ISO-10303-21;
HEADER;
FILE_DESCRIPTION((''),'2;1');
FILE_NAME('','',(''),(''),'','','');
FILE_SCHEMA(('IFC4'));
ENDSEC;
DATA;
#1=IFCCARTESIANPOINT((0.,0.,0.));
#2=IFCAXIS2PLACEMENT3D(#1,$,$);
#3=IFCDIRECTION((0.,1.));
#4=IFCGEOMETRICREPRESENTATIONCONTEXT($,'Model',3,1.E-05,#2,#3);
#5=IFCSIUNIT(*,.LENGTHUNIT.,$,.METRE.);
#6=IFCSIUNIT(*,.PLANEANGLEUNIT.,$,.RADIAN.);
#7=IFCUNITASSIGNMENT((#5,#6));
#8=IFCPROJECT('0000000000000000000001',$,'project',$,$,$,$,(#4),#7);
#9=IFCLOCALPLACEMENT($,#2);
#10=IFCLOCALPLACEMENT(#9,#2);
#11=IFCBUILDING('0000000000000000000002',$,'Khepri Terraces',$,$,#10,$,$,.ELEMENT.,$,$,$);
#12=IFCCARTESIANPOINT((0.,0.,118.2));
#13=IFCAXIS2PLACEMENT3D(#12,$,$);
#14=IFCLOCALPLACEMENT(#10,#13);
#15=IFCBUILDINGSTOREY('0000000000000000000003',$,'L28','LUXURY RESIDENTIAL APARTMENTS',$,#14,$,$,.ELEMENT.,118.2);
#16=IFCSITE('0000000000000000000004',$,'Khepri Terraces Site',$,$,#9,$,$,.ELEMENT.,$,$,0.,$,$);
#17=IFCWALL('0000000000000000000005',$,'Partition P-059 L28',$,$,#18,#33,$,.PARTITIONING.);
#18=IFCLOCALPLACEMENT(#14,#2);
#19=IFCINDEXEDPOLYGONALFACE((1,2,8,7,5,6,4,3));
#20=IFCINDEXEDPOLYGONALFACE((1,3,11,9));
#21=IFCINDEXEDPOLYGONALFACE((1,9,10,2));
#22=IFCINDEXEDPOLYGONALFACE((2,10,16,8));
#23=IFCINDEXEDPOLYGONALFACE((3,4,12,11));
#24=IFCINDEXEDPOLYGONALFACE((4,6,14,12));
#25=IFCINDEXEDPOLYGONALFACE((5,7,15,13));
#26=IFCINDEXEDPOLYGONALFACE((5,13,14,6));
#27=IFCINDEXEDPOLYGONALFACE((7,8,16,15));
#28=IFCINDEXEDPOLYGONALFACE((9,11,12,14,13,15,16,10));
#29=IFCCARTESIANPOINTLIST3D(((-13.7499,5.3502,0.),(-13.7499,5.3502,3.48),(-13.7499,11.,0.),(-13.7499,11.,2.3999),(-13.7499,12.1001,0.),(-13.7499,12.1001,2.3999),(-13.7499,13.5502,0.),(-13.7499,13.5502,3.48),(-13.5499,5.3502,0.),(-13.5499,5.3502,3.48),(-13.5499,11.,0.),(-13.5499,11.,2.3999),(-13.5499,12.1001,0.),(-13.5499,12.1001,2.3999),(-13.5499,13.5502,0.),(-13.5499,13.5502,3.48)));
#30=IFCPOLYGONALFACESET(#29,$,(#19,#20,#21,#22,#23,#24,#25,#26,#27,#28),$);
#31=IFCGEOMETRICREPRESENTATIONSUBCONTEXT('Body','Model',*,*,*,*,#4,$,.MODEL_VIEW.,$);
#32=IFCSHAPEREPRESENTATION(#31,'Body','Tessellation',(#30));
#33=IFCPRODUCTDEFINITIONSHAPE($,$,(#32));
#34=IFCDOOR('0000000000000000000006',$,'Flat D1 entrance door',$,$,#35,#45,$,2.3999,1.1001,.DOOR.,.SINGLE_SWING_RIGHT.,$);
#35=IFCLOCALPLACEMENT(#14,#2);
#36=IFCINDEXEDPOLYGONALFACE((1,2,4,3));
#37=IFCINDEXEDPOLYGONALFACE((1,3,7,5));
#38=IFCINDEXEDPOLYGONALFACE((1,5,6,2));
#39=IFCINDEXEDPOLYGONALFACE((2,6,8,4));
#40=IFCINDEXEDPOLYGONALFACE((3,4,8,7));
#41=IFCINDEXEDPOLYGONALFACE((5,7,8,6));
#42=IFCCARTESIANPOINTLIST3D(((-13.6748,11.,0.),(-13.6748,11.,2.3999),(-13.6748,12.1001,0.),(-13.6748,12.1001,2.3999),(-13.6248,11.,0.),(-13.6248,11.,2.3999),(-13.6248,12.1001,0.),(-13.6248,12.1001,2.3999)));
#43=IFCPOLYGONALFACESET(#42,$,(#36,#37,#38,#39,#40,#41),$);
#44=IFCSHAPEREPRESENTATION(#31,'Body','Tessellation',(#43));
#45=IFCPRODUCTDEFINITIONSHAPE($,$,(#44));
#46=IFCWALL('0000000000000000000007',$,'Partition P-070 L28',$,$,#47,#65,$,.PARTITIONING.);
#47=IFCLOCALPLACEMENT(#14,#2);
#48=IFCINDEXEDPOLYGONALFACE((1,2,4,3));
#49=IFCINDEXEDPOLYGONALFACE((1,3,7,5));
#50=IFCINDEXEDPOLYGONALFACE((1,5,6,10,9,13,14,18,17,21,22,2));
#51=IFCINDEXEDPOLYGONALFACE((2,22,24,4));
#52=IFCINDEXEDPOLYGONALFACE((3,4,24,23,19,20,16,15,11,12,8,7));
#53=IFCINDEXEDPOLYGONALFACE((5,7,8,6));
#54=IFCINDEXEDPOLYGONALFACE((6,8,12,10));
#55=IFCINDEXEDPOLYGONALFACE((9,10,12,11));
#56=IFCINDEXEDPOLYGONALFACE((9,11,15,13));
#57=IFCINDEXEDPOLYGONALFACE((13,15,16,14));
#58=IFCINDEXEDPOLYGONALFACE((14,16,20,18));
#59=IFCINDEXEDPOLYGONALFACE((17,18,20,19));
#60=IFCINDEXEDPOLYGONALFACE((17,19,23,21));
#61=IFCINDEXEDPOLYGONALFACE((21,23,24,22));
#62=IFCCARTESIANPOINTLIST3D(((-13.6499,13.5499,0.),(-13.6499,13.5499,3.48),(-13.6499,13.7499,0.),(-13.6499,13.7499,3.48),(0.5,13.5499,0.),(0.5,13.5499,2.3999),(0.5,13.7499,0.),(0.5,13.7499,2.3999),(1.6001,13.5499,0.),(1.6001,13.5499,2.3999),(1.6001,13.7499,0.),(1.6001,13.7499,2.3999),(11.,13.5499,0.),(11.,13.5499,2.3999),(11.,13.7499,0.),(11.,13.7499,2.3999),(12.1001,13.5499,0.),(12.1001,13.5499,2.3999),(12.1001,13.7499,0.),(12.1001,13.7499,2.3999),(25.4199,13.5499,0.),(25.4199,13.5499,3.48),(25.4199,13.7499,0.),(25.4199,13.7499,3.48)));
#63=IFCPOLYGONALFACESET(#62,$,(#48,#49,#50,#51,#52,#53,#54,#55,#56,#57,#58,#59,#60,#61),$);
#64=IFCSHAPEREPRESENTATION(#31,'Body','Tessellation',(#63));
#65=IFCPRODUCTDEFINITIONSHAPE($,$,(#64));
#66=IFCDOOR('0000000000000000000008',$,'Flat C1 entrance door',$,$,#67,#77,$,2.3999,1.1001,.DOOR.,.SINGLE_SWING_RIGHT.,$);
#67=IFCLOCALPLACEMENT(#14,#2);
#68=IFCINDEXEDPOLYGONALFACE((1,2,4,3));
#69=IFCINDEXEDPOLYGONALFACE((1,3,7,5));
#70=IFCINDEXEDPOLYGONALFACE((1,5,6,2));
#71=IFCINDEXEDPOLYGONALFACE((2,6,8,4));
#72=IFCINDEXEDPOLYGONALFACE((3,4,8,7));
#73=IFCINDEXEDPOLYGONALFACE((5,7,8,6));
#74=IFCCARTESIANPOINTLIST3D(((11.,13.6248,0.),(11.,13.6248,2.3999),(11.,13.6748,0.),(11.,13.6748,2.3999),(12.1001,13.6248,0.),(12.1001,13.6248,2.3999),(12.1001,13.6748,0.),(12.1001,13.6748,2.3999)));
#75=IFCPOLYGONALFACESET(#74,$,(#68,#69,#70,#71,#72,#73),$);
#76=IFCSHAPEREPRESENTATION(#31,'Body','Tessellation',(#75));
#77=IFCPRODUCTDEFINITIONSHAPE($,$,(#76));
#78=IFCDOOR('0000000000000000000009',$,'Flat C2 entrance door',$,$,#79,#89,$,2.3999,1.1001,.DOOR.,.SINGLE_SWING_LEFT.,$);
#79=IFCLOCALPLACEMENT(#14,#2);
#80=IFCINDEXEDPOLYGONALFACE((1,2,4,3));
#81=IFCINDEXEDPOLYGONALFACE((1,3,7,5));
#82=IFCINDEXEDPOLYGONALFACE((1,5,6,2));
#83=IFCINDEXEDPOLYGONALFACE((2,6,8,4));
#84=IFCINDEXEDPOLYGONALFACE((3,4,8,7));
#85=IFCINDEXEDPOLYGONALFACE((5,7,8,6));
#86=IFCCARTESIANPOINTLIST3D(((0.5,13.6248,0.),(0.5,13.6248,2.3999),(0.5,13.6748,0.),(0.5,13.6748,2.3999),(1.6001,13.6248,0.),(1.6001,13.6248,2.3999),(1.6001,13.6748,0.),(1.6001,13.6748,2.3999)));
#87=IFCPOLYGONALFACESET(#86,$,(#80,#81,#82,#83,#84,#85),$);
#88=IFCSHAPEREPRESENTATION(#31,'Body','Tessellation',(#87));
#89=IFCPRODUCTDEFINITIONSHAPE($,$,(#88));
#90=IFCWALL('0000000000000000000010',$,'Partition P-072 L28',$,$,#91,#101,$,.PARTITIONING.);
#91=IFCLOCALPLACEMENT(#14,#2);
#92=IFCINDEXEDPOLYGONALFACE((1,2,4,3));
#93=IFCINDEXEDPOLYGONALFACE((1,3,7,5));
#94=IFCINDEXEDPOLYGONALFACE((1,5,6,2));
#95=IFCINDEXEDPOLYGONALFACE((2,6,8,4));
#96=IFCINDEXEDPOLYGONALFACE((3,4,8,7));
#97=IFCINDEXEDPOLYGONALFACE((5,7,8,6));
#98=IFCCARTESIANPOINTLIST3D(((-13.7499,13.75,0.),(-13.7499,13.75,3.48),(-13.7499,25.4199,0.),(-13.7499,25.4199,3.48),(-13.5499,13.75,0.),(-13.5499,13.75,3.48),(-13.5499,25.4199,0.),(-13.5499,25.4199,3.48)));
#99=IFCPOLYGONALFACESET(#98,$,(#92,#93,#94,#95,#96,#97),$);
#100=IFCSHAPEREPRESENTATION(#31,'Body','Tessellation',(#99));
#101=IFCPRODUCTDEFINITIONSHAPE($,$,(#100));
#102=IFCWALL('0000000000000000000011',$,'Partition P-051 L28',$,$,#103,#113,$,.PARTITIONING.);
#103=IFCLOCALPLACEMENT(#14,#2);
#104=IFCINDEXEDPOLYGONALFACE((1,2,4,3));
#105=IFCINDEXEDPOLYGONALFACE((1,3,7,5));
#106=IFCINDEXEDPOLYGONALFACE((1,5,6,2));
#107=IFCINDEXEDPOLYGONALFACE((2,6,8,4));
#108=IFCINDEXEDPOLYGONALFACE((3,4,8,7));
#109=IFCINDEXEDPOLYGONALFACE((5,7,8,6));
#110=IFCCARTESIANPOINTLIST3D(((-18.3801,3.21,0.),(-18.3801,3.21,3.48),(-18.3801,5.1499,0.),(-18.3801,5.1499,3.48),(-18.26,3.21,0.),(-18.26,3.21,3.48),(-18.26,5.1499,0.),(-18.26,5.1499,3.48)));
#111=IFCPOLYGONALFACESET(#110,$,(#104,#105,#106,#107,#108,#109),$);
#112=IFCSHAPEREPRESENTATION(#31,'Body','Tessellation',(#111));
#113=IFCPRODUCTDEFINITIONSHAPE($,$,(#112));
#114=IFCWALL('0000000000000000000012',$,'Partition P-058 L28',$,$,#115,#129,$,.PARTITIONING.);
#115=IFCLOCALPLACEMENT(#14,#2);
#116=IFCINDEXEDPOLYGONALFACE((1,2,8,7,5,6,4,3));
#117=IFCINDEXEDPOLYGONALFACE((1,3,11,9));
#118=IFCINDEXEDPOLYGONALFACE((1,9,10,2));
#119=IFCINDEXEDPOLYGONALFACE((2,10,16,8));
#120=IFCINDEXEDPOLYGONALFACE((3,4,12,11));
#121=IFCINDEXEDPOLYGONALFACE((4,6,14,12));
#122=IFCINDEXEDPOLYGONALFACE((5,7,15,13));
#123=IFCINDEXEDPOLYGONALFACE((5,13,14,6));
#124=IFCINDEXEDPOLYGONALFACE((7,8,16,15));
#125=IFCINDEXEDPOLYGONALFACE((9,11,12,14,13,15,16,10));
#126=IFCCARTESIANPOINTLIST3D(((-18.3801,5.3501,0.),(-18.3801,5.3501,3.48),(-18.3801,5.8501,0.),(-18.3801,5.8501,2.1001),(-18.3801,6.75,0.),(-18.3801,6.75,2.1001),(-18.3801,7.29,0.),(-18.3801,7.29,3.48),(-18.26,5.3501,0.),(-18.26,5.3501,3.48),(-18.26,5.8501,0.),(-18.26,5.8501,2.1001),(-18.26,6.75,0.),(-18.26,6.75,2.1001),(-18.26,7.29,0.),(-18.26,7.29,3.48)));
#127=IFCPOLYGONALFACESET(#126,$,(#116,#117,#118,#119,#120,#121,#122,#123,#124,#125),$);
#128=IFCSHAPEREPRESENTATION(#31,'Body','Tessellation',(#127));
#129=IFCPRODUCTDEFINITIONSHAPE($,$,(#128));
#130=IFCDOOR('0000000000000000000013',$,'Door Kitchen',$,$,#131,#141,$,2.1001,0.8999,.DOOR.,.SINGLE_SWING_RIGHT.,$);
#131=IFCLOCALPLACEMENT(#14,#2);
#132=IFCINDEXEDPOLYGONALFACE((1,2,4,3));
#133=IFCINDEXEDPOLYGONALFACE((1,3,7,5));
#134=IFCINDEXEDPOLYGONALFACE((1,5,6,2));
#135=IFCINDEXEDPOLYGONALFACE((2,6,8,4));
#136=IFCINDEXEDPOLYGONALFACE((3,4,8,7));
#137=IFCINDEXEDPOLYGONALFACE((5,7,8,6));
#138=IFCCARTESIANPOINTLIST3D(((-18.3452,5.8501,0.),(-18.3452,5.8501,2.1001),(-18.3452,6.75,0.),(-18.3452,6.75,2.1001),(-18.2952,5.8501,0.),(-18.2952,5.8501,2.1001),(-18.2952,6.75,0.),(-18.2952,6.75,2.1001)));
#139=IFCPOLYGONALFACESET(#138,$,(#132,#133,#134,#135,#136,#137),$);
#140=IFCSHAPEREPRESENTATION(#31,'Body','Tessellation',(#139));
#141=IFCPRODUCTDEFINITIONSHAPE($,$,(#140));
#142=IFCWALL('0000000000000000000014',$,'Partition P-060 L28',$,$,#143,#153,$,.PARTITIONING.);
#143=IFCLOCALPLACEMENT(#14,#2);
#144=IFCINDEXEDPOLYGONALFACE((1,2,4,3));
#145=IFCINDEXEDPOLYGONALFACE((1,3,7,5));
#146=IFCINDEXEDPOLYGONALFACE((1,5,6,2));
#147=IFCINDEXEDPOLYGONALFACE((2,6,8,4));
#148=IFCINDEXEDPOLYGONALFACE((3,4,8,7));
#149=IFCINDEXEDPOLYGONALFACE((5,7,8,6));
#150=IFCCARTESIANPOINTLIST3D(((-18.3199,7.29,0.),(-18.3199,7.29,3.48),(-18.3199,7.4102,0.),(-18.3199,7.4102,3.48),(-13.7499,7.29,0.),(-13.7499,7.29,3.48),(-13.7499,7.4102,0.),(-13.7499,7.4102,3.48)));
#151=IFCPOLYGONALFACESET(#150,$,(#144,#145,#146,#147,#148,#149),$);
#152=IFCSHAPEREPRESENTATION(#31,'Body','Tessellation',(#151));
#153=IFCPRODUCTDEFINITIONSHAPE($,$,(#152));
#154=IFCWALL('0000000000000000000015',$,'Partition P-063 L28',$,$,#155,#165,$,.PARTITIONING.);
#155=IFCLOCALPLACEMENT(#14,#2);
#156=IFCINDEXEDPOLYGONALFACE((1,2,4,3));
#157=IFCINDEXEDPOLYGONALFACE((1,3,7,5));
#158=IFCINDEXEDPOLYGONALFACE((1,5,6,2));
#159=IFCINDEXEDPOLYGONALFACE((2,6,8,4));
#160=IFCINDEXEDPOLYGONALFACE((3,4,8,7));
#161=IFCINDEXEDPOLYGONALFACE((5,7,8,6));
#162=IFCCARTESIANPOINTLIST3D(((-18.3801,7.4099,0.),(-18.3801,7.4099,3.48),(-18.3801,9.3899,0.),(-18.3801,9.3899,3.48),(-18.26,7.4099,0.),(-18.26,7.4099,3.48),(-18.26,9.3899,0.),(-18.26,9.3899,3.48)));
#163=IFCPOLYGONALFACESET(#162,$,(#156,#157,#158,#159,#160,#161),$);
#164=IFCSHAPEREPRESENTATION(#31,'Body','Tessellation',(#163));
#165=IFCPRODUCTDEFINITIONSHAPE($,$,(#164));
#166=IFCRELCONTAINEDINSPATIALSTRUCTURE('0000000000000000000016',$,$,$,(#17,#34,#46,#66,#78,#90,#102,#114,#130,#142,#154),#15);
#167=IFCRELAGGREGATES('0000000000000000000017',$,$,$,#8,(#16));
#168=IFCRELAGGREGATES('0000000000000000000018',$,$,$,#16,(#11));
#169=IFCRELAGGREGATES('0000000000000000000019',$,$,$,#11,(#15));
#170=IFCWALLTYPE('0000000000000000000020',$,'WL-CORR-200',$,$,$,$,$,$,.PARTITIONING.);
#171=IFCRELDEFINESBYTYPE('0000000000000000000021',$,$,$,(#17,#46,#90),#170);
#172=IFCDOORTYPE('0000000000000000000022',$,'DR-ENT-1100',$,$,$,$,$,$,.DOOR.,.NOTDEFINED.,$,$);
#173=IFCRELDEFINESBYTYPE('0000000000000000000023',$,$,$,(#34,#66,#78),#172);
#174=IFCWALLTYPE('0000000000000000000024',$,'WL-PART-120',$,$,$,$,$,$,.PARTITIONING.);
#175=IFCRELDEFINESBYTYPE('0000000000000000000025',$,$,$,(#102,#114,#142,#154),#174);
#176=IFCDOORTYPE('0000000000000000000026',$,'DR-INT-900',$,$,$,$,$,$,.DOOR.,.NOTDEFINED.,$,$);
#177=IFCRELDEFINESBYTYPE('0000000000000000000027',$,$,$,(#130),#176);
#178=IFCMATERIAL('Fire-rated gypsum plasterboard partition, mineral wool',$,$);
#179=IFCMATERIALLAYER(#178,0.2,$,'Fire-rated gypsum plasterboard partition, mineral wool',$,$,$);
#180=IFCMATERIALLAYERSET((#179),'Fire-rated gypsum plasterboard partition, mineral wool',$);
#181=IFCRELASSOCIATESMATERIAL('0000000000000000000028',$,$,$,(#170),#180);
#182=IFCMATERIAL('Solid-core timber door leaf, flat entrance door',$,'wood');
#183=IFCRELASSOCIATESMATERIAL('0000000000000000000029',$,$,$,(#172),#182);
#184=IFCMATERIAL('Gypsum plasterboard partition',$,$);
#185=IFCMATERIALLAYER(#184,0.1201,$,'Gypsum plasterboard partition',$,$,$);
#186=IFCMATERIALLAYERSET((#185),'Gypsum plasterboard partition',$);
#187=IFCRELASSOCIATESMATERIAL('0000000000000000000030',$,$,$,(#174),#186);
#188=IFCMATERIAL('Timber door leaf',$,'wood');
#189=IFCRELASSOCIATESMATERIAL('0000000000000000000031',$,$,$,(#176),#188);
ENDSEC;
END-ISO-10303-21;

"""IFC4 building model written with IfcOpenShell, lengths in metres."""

from ifc_helpers import new_model, si_unit, direction, frame, frame_2d, origin, place, context, subcontext, project, spatial, rectangle, extrude, material, layer, layer_set, type_object, element, fill, save


model = new_model("IFC4")

# Units and contexts
model_context = context("Model", 3, precision=1e-05, world=origin(), true_north=direction((0.0, 1.0)))
body_context = subcontext(model_context, "Body", "Model", "MODEL_VIEW")
ifc_project = project(units=[si_unit("LENGTHUNIT", "METRE"), si_unit("PLANEANGLEUNIT", "RADIAN")], contexts=[model_context])

# Site, building, storey
site_placement = place(None, origin())
site = spatial("IfcSite", under=ifc_project, at=site_placement, Name="Khepri Terraces Site", CompositionType="ELEMENT", RefElevation=0.0)
building_placement = place(site_placement, origin())
building = spatial("IfcBuilding", under=site, at=building_placement, Name="Khepri Terraces", CompositionType="ELEMENT")
storey_placement = place(building_placement, frame((0.0, 0.0, 118.2)))
storey = spatial("IfcBuildingStorey", under=building, at=storey_placement, Name="L28", Description="LUXURY RESIDENTIAL APARTMENTS", CompositionType="ELEMENT", Elevation=118.2)

# Wall, opening, door
ifc_material_1 = material(Name="Fire-rated gypsum plasterboard partition, mineral wool")
ifc_layer_1 = layer(ifc_material_1, 0.2, Name="Fire-rated gypsum plasterboard partition, mineral wool")
ifc_layer_set_1 = layer_set([ifc_layer_1], Name="Fire-rated gypsum plasterboard partition, mineral wool")
wall_type_1 = type_object("IfcWallType", Name="WL-CORR-200", PredefinedType="PARTITIONING", material=ifc_layer_set_1)
wall_1_placement = place(storey_placement, frame((-13.6499, 5.3501, 0.0), z_axis=(0.0, 0.0, 1.0), x_axis=(0.0, 1.0, 0.0)))
wall_1 = element("IfcWall", 1, at=wall_1_placement, inside=storey, type_object=wall_type_1, Name="Partition P-059 L28", PredefinedType="PARTITIONING", context=body_context, shape_type="SweptSolid", body=[
    extrude(rectangle(XDim=8.2, YDim=0.2, at=frame_2d((4.1001, 0.0))), origin(), (0.0, 0.0, 1.0), 3.48),
])
opening_1_placement = place(wall_1_placement, frame((5.6499, 0.0, 0.0)))
opening_1 = element("IfcOpeningElement", 2, at=opening_1_placement, cuts=wall_1, PredefinedType="OPENING", context=body_context, shape_type="SweptSolid", body=[
    extrude(rectangle(XDim=1.1001, YDim=2.3999, at=frame_2d((0.55, 1.2))), frame((0.0, 0.1099, 0.0), z_axis=(0.0, -1.0, 0.0), x_axis=(1.0, 0.0, 0.0)), (0.0, 0.0, 1.0), 0.22),
])
ifc_material_2 = material(Name="Solid-core timber door leaf, flat entrance door", Category="wood")
door_type_1 = type_object("IfcDoorType", Name="DR-ENT-1100", OperationType="NOTDEFINED", PredefinedType="DOOR", material=ifc_material_2)
door_1_placement = place(opening_1_placement, origin())
door_1 = element("IfcDoor", 3, at=door_1_placement, inside=storey, type_object=door_type_1, Name="Flat D1 entrance door", OperationType="SINGLE_SWING_RIGHT", OverallHeight=2.3999, OverallWidth=1.1001, PredefinedType="DOOR", context=body_context, shape_type="SweptSolid", body=[
    extrude(rectangle(XDim=1.1001, YDim=2.3999, at=frame_2d((0.55, 1.2))), frame((0.0, 0.0249, 0.0), z_axis=(0.0, -1.0, 0.0), x_axis=(1.0, 0.0, 0.0)), (0.0, 0.0, 1.0), 0.05),
])
fill(opening_1, door_1)

# Wall, openings, doors
wall_2_placement = place(storey_placement, frame((-13.6499, 13.6499, 0.0), z_axis=(0.0, 0.0, 1.0), x_axis=(1.0, 0.0, 0.0)))
wall_2 = element("IfcWall", 4, at=wall_2_placement, inside=storey, type_object=wall_type_1, Name="Partition P-070 L28", PredefinedType="PARTITIONING", context=body_context, shape_type="SweptSolid", body=[
    extrude(rectangle(XDim=39.0698, YDim=0.2, at=frame_2d((19.5349, 0.0))), origin(), (0.0, 0.0, 1.0), 3.48),
])
opening_2_placement = place(wall_2_placement, frame((24.6499, 0.0, 0.0)))
opening_2 = element("IfcOpeningElement", 5, at=opening_2_placement, cuts=wall_2, PredefinedType="OPENING", context=body_context, shape_type="SweptSolid", body=[
    extrude(rectangle(XDim=1.1001, YDim=2.3999, at=frame_2d((0.55, 1.2))), frame((0.0, 0.1099, 0.0), z_axis=(0.0, -1.0, 0.0), x_axis=(1.0, 0.0, 0.0)), (0.0, 0.0, 1.0), 0.22),
])
opening_3_placement = place(wall_2_placement, frame((14.1499, 0.0, 0.0)))
opening_3 = element("IfcOpeningElement", 6, at=opening_3_placement, cuts=wall_2, PredefinedType="OPENING", context=body_context, shape_type="SweptSolid", body=[
    extrude(rectangle(XDim=1.1001, YDim=2.3999, at=frame_2d((0.55, 1.2))), frame((0.0, 0.1099, 0.0), z_axis=(0.0, -1.0, 0.0), x_axis=(1.0, 0.0, 0.0)), (0.0, 0.0, 1.0), 0.22),
])
door_2_placement = place(opening_2_placement, origin())
door_2 = element("IfcDoor", 7, at=door_2_placement, inside=storey, type_object=door_type_1, Name="Flat C1 entrance door", OperationType="SINGLE_SWING_RIGHT", OverallHeight=2.3999, OverallWidth=1.1001, PredefinedType="DOOR", context=body_context, shape_type="SweptSolid", body=[
    extrude(rectangle(XDim=1.1001, YDim=2.3999, at=frame_2d((0.55, 1.2))), frame((0.0, 0.0249, 0.0), z_axis=(0.0, -1.0, 0.0), x_axis=(1.0, 0.0, 0.0)), (0.0, 0.0, 1.0), 0.05),
])
fill(opening_2, door_2)
door_3_placement = place(opening_3_placement, origin())
door_3 = element("IfcDoor", 8, at=door_3_placement, inside=storey, type_object=door_type_1, Name="Flat C2 entrance door", OperationType="SINGLE_SWING_LEFT", OverallHeight=2.3999, OverallWidth=1.1001, PredefinedType="DOOR", context=body_context, shape_type="SweptSolid", body=[
    extrude(rectangle(XDim=1.1001, YDim=2.3999, at=frame_2d((0.55, 1.2))), frame((0.0, 0.0249, 0.0), z_axis=(0.0, -1.0, 0.0), x_axis=(1.0, 0.0, 0.0)), (0.0, 0.0, 1.0), 0.05),
])
fill(opening_3, door_3)

# Walls
wall_3_placement = place(storey_placement, frame((-13.6499, 13.75, 0.0), z_axis=(0.0, 0.0, 1.0), x_axis=(0.0, 1.0, 0.0)))
element("IfcWall", 9, at=wall_3_placement, inside=storey, type_object=wall_type_1, Name="Partition P-072 L28", PredefinedType="PARTITIONING", context=body_context, shape_type="SweptSolid", body=[
    extrude(rectangle(XDim=11.6699, YDim=0.2, at=frame_2d((5.835, 0.0))), origin(), (0.0, 0.0, 1.0), 3.48),
])
ifc_material_3 = material(Name="Gypsum plasterboard partition")
ifc_layer_2 = layer(ifc_material_3, 0.1201, Name="Gypsum plasterboard partition")
ifc_layer_set_2 = layer_set([ifc_layer_2], Name="Gypsum plasterboard partition")
wall_type_2 = type_object("IfcWallType", Name="WL-PART-120", PredefinedType="PARTITIONING", material=ifc_layer_set_2)
wall_4_placement = place(storey_placement, frame((-18.3201, 3.21, 0.0), z_axis=(0.0, 0.0, 1.0), x_axis=(0.0, 1.0, 0.0)))
element("IfcWall", 10, at=wall_4_placement, inside=storey, type_object=wall_type_2, Name="Partition P-051 L28", PredefinedType="PARTITIONING", context=body_context, shape_type="SweptSolid", body=[
    extrude(rectangle(XDim=1.9399, YDim=0.1201, at=frame_2d((0.97, 0.0))), origin(), (0.0, 0.0, 1.0), 3.48),
])

# Wall, opening, door
wall_5_placement = place(storey_placement, frame((-18.3201, 5.3501, 0.0), z_axis=(0.0, 0.0, 1.0), x_axis=(0.0, 1.0, 0.0)))
wall_5 = element("IfcWall", 11, at=wall_5_placement, inside=storey, type_object=wall_type_2, Name="Partition P-058 L28", PredefinedType="PARTITIONING", context=body_context, shape_type="SweptSolid", body=[
    extrude(rectangle(XDim=1.9399, YDim=0.1201, at=frame_2d((0.97, 0.0))), origin(), (0.0, 0.0, 1.0), 3.48),
])
opening_4_placement = place(wall_5_placement, frame((0.5, 0.0, 0.0)))
opening_4 = element("IfcOpeningElement", 12, at=opening_4_placement, cuts=wall_5, PredefinedType="OPENING", context=body_context, shape_type="SweptSolid", body=[
    extrude(rectangle(XDim=0.8999, YDim=2.1001, at=frame_2d((0.45, 1.05))), frame((0.0, 0.0701, 0.0), z_axis=(0.0, -1.0, 0.0), x_axis=(1.0, 0.0, 0.0)), (0.0, 0.0, 1.0), 0.1401),
])
ifc_material_4 = material(Name="Timber door leaf", Category="wood")
door_type_2 = type_object("IfcDoorType", Name="DR-INT-900", OperationType="NOTDEFINED", PredefinedType="DOOR", material=ifc_material_4)
door_4_placement = place(opening_4_placement, frame((0.8999, 0.0, 0.0), z_axis=(0.0, 0.0, 1.0), x_axis=(-1.0, 0.0, 0.0)))
door_4 = element("IfcDoor", 13, at=door_4_placement, inside=storey, type_object=door_type_2, Name="Door Kitchen", OperationType="SINGLE_SWING_RIGHT", OverallHeight=2.1001, OverallWidth=0.8999, PredefinedType="DOOR", context=body_context, shape_type="SweptSolid", body=[
    extrude(rectangle(XDim=0.8999, YDim=2.1001, at=frame_2d((0.45, 1.05))), frame((0.0, 0.0249, 0.0), z_axis=(0.0, -1.0, 0.0), x_axis=(1.0, 0.0, 0.0)), (0.0, 0.0, 1.0), 0.05),
])
fill(opening_4, door_4)

# Walls
wall_6_placement = place(storey_placement, frame((-18.3201, 7.3501, 0.0), z_axis=(0.0, 0.0, 1.0), x_axis=(1.0, 0.0, 0.0)))
element("IfcWall", 14, at=wall_6_placement, inside=storey, type_object=wall_type_2, Name="Partition P-060 L28", PredefinedType="PARTITIONING", context=body_context, shape_type="SweptSolid", body=[
    extrude(rectangle(XDim=4.5701, YDim=0.1201, at=frame_2d((2.2852, 0.0))), origin(), (0.0, 0.0, 1.0), 3.48),
])
wall_7_placement = place(storey_placement, frame((-18.3201, 7.4099, 0.0), z_axis=(0.0, 0.0, 1.0), x_axis=(0.0, 1.0, 0.0)))
element("IfcWall", 15, at=wall_7_placement, inside=storey, type_object=wall_type_2, Name="Partition P-063 L28", PredefinedType="PARTITIONING", context=body_context, shape_type="SweptSolid", body=[
    extrude(rectangle(XDim=1.98, YDim=0.1201, at=frame_2d((0.99, 0.0))), origin(), (0.0, 0.0, 1.0), 3.48),
])

save(model, "model.ifc")
